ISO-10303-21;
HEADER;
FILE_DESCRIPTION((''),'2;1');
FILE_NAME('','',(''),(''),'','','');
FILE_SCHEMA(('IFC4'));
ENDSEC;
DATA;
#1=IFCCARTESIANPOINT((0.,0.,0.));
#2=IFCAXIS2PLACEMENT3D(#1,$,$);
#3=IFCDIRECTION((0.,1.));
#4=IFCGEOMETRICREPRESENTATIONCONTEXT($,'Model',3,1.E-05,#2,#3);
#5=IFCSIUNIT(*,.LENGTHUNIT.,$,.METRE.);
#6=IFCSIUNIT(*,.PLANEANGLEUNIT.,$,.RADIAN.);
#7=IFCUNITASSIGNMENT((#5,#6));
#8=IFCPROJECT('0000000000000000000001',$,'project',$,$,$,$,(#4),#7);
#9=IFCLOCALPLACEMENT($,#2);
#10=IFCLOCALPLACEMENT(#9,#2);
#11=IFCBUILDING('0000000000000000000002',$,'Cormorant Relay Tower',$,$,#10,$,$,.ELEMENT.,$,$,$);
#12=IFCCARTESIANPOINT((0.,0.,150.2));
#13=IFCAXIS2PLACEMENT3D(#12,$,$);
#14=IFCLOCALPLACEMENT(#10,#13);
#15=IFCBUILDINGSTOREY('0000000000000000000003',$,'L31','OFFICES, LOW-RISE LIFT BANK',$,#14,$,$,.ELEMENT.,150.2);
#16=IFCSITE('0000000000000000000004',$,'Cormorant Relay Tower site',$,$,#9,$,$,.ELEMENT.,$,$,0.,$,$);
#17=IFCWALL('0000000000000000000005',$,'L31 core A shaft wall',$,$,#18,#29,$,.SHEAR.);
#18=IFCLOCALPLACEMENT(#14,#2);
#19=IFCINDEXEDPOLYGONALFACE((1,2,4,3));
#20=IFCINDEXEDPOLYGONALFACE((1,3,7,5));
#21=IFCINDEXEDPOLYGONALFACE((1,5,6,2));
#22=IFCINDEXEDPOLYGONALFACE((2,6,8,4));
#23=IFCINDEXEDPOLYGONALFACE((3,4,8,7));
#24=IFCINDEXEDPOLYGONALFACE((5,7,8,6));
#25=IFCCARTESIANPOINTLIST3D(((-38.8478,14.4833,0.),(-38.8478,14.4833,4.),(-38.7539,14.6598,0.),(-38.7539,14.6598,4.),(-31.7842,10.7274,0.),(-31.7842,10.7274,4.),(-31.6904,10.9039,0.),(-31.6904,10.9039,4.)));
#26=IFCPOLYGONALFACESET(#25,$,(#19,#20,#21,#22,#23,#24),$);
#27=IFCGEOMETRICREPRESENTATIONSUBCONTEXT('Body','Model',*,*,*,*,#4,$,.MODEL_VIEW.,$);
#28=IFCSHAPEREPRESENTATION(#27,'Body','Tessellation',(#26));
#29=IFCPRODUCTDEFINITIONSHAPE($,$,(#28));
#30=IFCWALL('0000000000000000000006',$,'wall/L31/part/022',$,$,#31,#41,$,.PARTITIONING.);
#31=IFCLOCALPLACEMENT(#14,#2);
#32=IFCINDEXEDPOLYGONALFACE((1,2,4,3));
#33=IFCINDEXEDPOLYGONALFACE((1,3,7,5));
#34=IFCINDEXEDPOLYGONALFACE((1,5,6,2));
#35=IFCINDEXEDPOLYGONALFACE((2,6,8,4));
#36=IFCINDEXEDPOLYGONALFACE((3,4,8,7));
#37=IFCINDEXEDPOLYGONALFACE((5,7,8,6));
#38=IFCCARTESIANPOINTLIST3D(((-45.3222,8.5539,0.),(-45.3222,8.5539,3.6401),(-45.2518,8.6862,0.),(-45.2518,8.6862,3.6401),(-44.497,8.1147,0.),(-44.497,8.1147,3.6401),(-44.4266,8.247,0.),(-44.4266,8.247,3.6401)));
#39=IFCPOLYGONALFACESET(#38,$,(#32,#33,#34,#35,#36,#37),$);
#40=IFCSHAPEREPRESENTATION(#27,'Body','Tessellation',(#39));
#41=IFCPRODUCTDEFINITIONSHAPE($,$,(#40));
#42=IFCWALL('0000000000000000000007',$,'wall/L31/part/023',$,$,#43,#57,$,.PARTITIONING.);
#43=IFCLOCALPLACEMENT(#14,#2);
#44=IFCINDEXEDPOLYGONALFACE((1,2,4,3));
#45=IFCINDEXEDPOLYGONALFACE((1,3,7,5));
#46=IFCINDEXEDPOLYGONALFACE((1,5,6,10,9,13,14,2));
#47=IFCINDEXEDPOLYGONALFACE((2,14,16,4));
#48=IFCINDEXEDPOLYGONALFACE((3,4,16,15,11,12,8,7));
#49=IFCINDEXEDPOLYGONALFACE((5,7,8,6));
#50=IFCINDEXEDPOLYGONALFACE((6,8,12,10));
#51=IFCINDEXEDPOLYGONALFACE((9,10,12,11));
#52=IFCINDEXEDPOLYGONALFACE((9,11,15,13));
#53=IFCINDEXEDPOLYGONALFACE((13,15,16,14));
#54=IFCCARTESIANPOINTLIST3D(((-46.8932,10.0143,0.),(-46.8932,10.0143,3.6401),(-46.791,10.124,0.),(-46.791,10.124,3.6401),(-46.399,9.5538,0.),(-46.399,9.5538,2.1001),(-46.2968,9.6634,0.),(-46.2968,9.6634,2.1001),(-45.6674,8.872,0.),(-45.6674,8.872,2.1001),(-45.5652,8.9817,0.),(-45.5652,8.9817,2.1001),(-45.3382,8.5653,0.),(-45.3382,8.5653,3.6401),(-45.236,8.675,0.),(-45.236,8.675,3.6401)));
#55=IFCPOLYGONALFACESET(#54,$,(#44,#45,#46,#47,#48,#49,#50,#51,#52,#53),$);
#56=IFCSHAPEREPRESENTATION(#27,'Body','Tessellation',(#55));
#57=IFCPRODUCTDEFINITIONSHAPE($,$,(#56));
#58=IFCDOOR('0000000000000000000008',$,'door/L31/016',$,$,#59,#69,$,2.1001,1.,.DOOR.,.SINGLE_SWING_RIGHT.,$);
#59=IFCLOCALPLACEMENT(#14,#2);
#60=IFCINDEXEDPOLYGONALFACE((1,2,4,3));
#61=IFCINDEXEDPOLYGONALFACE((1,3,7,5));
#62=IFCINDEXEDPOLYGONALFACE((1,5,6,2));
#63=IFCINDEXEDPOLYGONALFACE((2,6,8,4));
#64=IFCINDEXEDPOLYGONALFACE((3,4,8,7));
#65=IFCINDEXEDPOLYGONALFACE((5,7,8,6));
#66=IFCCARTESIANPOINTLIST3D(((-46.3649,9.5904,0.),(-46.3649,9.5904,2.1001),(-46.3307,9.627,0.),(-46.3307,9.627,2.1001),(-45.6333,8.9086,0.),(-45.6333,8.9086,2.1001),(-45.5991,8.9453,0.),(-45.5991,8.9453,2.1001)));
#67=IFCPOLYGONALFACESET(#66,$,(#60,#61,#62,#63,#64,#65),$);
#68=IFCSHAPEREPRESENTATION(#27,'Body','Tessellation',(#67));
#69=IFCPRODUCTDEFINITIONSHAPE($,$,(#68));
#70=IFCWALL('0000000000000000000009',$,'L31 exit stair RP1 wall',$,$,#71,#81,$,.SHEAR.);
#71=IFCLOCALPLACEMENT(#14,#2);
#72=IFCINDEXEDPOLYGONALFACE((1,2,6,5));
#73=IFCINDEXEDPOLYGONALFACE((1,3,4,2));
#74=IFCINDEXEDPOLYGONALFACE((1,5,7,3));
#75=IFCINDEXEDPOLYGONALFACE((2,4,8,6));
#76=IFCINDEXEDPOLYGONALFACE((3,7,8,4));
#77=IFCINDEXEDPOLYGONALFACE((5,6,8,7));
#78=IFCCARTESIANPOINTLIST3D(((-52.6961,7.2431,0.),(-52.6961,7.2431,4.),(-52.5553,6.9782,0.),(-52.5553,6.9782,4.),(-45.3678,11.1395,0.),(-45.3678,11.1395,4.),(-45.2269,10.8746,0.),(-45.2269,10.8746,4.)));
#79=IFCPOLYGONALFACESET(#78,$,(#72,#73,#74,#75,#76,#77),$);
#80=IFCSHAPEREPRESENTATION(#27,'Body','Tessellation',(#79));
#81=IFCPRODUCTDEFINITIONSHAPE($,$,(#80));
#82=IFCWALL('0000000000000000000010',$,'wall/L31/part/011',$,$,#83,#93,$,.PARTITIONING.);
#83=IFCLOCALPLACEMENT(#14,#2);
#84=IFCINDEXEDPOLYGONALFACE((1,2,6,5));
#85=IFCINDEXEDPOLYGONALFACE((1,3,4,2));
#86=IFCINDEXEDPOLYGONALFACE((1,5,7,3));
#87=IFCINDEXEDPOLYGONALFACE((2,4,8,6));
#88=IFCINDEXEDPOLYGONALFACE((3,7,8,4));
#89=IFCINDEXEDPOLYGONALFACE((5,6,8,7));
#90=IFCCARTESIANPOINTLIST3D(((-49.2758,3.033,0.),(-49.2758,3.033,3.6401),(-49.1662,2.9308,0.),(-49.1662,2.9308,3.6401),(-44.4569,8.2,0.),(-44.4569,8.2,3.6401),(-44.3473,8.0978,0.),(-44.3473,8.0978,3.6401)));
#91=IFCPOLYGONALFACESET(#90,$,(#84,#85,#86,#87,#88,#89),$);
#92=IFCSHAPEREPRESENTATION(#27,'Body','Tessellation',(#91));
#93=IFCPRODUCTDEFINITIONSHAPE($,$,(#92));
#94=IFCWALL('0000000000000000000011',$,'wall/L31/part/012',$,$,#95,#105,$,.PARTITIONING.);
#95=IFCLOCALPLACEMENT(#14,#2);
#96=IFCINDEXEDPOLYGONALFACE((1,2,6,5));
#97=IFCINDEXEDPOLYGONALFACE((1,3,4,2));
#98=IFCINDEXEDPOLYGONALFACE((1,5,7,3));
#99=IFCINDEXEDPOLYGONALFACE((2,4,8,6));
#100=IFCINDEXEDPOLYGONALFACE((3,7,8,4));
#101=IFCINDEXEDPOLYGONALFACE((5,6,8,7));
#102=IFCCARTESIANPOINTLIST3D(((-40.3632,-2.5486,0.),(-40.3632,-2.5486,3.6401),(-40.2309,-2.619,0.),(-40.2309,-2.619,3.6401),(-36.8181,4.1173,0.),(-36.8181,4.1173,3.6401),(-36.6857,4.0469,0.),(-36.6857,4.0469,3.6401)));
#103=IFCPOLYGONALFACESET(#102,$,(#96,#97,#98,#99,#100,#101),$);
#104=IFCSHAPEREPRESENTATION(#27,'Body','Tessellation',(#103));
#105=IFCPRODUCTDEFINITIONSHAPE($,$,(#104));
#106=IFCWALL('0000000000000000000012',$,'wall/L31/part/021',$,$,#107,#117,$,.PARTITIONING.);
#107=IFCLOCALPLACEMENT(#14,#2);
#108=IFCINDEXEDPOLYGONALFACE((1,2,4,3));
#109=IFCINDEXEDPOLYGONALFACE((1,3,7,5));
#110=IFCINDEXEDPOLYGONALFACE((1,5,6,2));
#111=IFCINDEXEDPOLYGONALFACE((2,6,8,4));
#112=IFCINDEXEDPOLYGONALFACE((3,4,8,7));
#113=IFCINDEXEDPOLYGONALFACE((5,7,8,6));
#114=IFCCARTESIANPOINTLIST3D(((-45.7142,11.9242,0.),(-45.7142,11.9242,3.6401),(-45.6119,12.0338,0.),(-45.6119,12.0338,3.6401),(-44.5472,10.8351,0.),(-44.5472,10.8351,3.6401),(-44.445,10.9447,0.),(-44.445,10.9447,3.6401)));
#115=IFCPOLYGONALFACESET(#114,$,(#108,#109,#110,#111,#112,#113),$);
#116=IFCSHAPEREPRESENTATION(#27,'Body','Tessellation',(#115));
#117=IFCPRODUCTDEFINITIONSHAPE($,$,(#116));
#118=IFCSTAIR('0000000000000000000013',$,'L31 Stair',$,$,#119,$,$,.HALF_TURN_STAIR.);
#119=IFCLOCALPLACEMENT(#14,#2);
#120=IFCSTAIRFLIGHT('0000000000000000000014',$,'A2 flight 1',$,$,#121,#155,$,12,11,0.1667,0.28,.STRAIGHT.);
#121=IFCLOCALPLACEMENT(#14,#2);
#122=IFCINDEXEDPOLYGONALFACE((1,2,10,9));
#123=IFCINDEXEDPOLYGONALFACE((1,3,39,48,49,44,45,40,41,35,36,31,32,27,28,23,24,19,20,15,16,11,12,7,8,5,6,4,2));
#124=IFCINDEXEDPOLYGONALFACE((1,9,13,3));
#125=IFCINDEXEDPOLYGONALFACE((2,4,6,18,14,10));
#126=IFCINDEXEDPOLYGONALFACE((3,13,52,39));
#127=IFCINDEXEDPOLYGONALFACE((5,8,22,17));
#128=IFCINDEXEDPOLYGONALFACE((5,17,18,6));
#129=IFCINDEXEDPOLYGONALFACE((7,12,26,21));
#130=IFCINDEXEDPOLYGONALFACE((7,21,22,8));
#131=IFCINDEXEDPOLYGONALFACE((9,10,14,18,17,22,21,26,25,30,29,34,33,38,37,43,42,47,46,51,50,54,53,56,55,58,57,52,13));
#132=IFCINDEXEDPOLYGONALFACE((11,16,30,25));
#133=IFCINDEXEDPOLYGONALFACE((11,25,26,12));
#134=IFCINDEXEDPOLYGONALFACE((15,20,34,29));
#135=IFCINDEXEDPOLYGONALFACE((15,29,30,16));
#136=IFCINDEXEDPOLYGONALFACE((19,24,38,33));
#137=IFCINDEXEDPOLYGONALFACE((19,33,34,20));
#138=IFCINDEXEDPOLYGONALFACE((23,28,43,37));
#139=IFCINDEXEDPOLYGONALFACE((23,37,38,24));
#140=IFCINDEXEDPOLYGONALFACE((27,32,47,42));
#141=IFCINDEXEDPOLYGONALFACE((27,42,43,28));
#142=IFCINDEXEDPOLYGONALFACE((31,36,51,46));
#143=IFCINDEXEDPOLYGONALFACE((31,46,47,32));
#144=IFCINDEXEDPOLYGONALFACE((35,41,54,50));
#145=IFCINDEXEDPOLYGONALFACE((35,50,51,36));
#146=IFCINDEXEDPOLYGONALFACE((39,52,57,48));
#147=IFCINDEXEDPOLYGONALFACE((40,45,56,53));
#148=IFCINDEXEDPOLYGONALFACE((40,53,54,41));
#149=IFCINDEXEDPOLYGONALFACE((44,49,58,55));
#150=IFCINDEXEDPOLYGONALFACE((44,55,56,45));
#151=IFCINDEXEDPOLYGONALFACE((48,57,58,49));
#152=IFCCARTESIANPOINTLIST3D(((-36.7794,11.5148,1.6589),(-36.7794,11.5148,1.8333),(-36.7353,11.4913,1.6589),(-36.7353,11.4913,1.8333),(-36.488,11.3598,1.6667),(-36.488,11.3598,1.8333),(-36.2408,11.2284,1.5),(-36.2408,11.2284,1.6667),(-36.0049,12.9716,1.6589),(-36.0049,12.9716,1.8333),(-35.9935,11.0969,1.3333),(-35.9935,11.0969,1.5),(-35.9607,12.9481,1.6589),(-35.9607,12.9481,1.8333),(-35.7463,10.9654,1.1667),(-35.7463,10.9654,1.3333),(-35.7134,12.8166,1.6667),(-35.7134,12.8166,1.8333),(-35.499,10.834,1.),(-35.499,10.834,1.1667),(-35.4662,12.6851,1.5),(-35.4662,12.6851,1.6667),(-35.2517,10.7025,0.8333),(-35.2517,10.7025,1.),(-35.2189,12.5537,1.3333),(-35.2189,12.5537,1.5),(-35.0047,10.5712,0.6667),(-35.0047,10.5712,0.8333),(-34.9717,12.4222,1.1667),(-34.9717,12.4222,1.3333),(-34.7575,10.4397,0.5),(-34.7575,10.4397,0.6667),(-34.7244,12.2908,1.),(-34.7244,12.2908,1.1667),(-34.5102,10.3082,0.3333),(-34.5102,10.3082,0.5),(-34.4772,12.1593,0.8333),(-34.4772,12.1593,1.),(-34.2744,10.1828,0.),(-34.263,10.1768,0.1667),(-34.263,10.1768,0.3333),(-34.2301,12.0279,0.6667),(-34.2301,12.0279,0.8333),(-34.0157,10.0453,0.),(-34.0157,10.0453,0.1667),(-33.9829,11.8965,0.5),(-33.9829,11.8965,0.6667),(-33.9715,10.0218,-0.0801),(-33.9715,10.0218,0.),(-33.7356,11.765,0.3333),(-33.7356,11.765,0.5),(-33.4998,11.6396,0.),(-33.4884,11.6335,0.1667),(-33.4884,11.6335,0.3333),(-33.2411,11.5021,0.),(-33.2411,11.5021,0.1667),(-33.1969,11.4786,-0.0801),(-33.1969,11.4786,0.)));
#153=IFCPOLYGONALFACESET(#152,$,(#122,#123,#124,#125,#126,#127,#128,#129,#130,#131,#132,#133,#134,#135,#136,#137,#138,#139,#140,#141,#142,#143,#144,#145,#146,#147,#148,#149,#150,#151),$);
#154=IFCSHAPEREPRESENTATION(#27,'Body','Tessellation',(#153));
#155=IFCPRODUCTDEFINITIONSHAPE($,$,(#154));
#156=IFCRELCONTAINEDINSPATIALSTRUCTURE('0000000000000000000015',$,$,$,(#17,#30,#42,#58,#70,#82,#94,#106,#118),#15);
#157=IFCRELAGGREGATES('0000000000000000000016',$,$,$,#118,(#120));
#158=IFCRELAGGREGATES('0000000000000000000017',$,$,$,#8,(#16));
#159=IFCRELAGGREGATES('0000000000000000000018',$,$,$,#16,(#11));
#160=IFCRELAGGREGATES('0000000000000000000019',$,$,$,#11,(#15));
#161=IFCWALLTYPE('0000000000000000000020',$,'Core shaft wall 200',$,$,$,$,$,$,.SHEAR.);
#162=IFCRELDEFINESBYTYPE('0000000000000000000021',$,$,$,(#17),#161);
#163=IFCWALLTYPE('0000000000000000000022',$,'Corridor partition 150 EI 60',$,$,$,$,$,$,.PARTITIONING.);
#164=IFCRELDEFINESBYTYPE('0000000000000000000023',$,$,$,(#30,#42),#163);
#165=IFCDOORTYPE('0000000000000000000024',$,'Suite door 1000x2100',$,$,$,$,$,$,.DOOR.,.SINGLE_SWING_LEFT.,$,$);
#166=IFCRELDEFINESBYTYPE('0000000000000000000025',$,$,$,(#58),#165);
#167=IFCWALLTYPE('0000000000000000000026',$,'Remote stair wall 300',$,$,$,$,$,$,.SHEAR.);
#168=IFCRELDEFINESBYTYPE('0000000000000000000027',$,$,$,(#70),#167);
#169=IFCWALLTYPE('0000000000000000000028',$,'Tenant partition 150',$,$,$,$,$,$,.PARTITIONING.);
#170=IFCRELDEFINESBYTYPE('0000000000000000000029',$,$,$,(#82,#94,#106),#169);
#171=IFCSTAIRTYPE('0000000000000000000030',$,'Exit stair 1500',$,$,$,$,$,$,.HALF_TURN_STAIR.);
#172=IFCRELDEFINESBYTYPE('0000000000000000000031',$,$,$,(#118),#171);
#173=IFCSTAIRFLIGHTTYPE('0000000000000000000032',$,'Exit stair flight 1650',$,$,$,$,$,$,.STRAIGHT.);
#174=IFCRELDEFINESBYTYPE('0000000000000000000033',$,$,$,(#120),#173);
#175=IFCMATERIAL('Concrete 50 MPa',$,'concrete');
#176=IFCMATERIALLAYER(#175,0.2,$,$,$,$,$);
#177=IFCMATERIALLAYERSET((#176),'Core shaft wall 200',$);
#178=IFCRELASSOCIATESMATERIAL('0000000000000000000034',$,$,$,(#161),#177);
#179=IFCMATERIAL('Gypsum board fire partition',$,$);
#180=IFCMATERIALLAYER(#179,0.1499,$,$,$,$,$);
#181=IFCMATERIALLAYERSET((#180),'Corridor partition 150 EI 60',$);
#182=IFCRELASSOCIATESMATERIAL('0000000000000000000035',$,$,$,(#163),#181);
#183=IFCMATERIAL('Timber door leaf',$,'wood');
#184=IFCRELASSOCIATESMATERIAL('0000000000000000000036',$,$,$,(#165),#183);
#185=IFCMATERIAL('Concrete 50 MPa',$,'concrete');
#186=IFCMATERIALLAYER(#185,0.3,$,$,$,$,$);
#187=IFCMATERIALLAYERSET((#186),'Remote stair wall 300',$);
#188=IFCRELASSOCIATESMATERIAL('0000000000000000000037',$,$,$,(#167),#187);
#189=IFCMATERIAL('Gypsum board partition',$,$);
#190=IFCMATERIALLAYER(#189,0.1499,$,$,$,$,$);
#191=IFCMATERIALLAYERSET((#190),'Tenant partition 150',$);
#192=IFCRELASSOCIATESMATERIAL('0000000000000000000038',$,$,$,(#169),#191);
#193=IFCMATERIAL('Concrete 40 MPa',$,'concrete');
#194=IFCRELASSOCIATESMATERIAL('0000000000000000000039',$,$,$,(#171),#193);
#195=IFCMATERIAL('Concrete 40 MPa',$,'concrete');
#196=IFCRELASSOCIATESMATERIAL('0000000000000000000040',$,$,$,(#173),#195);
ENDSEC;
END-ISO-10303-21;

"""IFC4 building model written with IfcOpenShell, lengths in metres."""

from ifc_helpers import new_model, si_unit, direction, frame, frame_2d, origin, place, context, subcontext, project, spatial, polyline, rectangle, outline, extrude, material, layer, layer_set, type_object, element, fill, aggregate, save


model = new_model("IFC4")

# Units and contexts
model_context = context("Model", 3, precision=1e-05, world=origin(), true_north=direction((0.0, 1.0)))
body_context = subcontext(model_context, "Body", "Model", "MODEL_VIEW")
ifc_project = project(units=[si_unit("LENGTHUNIT", "METRE"), si_unit("PLANEANGLEUNIT", "RADIAN")], contexts=[model_context])

# Site, building, storey
site_placement = place(None, origin())
site = spatial("IfcSite", under=ifc_project, at=site_placement, Name="Cormorant Relay Tower site", CompositionType="ELEMENT", RefElevation=0.0)
building_placement = place(site_placement, origin())
building = spatial("IfcBuilding", under=site, at=building_placement, Name="Cormorant Relay Tower", CompositionType="ELEMENT")
storey_placement = place(building_placement, frame((0.0, 0.0, 150.2)))
storey = spatial("IfcBuildingStorey", under=building, at=storey_placement, Name="L31", Description="OFFICES, LOW-RISE LIFT BANK", CompositionType="ELEMENT", Elevation=150.2)

# Walls
ifc_material_1 = material(Name="Concrete 50 MPa", Category="concrete")
ifc_layer_1 = layer(ifc_material_1, 0.2)
ifc_layer_set_1 = layer_set([ifc_layer_1], Name="Core shaft wall 200")
wall_type_1 = type_object("IfcWallType", Name="Core shaft wall 200", PredefinedType="SHEAR", material=ifc_layer_set_1)
for number, where, z_axis, x_axis, name in (
    (1, (-31.7373, 10.8157, 0.0), (0.0, 0.0, 1.0), (-0.88294, 0.469485, 0.0), "L31 core A shaft wall"),
):
    element("IfcWall", number, at=place(storey_placement, frame(where, z_axis=z_axis, x_axis=x_axis)), inside=storey, type_object=wall_type_1, Name=name, PredefinedType="SHEAR", context=body_context, shape_type="SweptSolid", body=[
        extrude(rectangle(XDim=8.0, YDim=0.2, at=frame_2d((4.0, 0.0))), origin(), (0.0, 0.0, 1.0), 4.0),
    ])
ifc_material_2 = material(Name="Gypsum board fire partition")
ifc_layer_2 = layer(ifc_material_2, 0.1499)
ifc_layer_set_2 = layer_set([ifc_layer_2], Name="Corridor partition 150 EI 60")
wall_type_2 = type_object("IfcWallType", Name="Corridor partition 150 EI 60", PredefinedType="PARTITIONING", material=ifc_layer_set_2)
wall_1_placement = place(storey_placement, frame((-44.4619, 8.1809, 0.0), z_axis=(0.0, 0.0, 1.0), x_axis=(-0.88275, 0.469843, 0.0)))
element("IfcWall", 2, at=wall_1_placement, inside=storey, type_object=wall_type_2, Name="wall/L31/part/022", PredefinedType="PARTITIONING", context=body_context, shape_type="SweptSolid", body=[
    extrude(rectangle(XDim=0.9348, YDim=0.1499, at=frame_2d((0.4673, 0.0))), origin(), (0.0, 0.0, 1.0), 3.6401),
])

# Wall, opening, door
wall_2_placement = place(storey_placement, frame((-45.2871, 8.6201, 0.0), z_axis=(0.0, 0.0, 1.0), x_axis=(-0.731594, 0.681741, 0.0)))
wall_2 = element("IfcWall", 3, at=wall_2_placement, inside=storey, type_object=wall_type_2, Name="wall/L31/part/023", PredefinedType="PARTITIONING", context=body_context, shape_type="SweptSolid", body=[
    extrude(rectangle(XDim=2.1255, YDim=0.1499, at=frame_2d((1.0627, 0.0))), origin(), (0.0, 0.0, 1.0), 3.6401),
])
opening_placement = place(wall_2_placement, frame((0.45, 0.0, 0.0)))
opening = element("IfcOpeningElement", 4, at=opening_placement, cuts=wall_2, PredefinedType="OPENING", context=body_context, shape_type="SweptSolid", body=[
    extrude(rectangle(XDim=1.0, YDim=2.1001, at=frame_2d((0.5, 1.05))), frame((0.0, 0.085, 0.0), z_axis=(0.0, -1.0, 0.0), x_axis=(1.0, 0.0, 0.0)), (0.0, 0.0, 1.0), 0.1699),
])
ifc_material_3 = material(Name="Timber door leaf", Category="wood")
door_type = type_object("IfcDoorType", Name="Suite door 1000x2100", OperationType="SINGLE_SWING_LEFT", PredefinedType="DOOR", material=ifc_material_3)
door_placement = place(opening_placement, origin())
door = element("IfcDoor", 5, at=door_placement, inside=storey, type_object=door_type, Name="door/L31/016", OperationType="SINGLE_SWING_RIGHT", OverallHeight=2.1001, OverallWidth=1.0, PredefinedType="DOOR", context=body_context, shape_type="SweptSolid", body=[
    extrude(rectangle(XDim=1.0, YDim=2.1001, at=frame_2d((0.5, 1.05))), frame((0.0, 0.0249, 0.0), z_axis=(0.0, -1.0, 0.0), x_axis=(1.0, 0.0, 0.0)), (0.0, 0.0, 1.0), 0.05),
])
fill(opening, door)

# Walls
ifc_material_4 = material(Name="Concrete 50 MPa", Category="concrete")
ifc_layer_3 = layer(ifc_material_4, 0.3)
ifc_layer_set_3 = layer_set([ifc_layer_3], Name="Remote stair wall 300")
wall_type_3 = type_object("IfcWallType", Name="Remote stair wall 300", PredefinedType="SHEAR", material=ifc_layer_set_3)
wall_3_placement = place(storey_placement, frame((-45.2974, 11.0071, 0.0), z_axis=(0.0, 0.0, 1.0), x_axis=(-0.882952, -0.469464, 0.0)))
element("IfcWall", 6, at=wall_3_placement, inside=storey, type_object=wall_type_3, Name="L31 exit stair RP1 wall", PredefinedType="SHEAR", context=body_context, shape_type="SweptSolid", body=[
    extrude(rectangle(XDim=8.2998, YDim=0.3, at=frame_2d((4.1499, 0.0))), origin(), (0.0, 0.0, 1.0), 4.0),
])
ifc_material_5 = material(Name="Gypsum board partition")
ifc_layer_4 = layer(ifc_material_5, 0.1499)
ifc_layer_set_4 = layer_set([ifc_layer_4], Name="Tenant partition 150")
wall_type_4 = type_object("IfcWallType", Name="Tenant partition 150", PredefinedType="PARTITIONING", material=ifc_layer_set_4)
wall_4_placement = place(storey_placement, frame((-44.4021, 8.1489, 0.0), z_axis=(0.0, 0.0, 1.0), x_axis=(-0.68204, -0.731315, 0.0)))
element("IfcWall", 7, at=wall_4_placement, inside=storey, type_object=wall_type_4, Name="wall/L31/part/011", PredefinedType="PARTITIONING", context=body_context, shape_type="SweptSolid", body=[
    extrude(rectangle(XDim=7.0654, YDim=0.1499, at=frame_2d((3.5327, 0.0))), origin(), (0.0, 0.0, 1.0), 3.6401),
])
wall_5_placement = place(storey_placement, frame((-36.752, 4.082, 0.0), z_axis=(0.0, 0.0, 1.0), x_axis=(-0.469552, -0.882905, 0.0)))
element("IfcWall", 8, at=wall_5_placement, inside=storey, type_object=wall_type_4, Name="wall/L31/part/012", PredefinedType="PARTITIONING", context=body_context, shape_type="SweptSolid", body=[
    extrude(rectangle(XDim=7.55, YDim=0.1499, at=frame_2d((3.7749, 0.0))), origin(), (0.0, 0.0, 1.0), 3.6401),
])
wall_6_placement = place(storey_placement, frame((-44.4961, 10.8899, 0.0), z_axis=(0.0, 0.0, 1.0), x_axis=(-0.731081, 0.682291, 0.0)))
element("IfcWall", 9, at=wall_6_placement, inside=storey, type_object=wall_type_4, Name="wall/L31/part/021", PredefinedType="PARTITIONING", context=body_context, shape_type="SweptSolid", body=[
    extrude(rectangle(XDim=1.5962, YDim=0.1499, at=frame_2d((0.7981, 0.0))), origin(), (0.0, 0.0, 1.0), 3.6401),
])

# Stair, stair flight
ifc_material_6 = material(Name="Concrete 40 MPa", Category="concrete")
stair_type = type_object("IfcStairType", Name="Exit stair 1500", PredefinedType="HALF_TURN_STAIR", material=ifc_material_6)
stair_placement = place(storey_placement, origin())
stair = element("IfcStair", 10, at=stair_placement, inside=storey, type_object=stair_type, Name="L31 Stair", PredefinedType="HALF_TURN_STAIR")
ifc_material_7 = material(Name="Concrete 40 MPa", Category="concrete")
stair_flight_type = type_object("IfcStairFlightType", Name="Exit stair flight 1650", PredefinedType="STRAIGHT", material=ifc_material_7)
stair_flight_1_placement = place(storey_placement, frame((-33.6284, 10.7737, 0.0), z_axis=(0.0, 0.0, 1.0), x_axis=(-0.882948, 0.469472, 0.0)))
stair_flight_1 = element("IfcStairFlight", 11, at=stair_flight_1_placement, type_object=stair_flight_type, Name="A2 flight 1", NumberOfRisers=12, NumberOfTreads=11, PredefinedType="STRAIGHT", RiserHeight=0.1667, TreadLength=0.28, context=body_context, shape_type="SweptSolid", body=[
    extrude(outline(polyline([(-0.05, -0.0801), (-0.05, 0.0), (0.0, 0.0), (0.0, 0.1667), (0.28, 0.1667), (0.28, 0.3333), (0.5601, 0.3333), (0.5601, 0.5), (0.8401, 0.5), (0.8401, 0.6667), (1.1201, 0.6667), (1.1201, 0.8333), (1.3999, 0.8333), (1.3999, 1.0), (1.6799, 1.0), (1.6799, 1.1667), (1.96, 1.1667), (1.96, 1.3333), (2.24, 1.3333), (2.24, 1.5), (2.52, 1.5), (2.52, 1.6667), (2.8, 1.6667), (2.8, 1.8333), (3.0801, 1.8333), (3.1301, 1.8333), (3.1301, 1.6589), (3.0801, 1.6589), (0.293, 0.0), (-0.05, -0.0801)])), frame((0.0, 0.825, 0.0), z_axis=(0.0, -1.0, 0.0), x_axis=(1.0, 0.0, 0.0)), (0.0, 0.0, 1.0), 1.6499),
])
aggregate(stair, [stair_flight_1])

save(model, "model.ifc")
